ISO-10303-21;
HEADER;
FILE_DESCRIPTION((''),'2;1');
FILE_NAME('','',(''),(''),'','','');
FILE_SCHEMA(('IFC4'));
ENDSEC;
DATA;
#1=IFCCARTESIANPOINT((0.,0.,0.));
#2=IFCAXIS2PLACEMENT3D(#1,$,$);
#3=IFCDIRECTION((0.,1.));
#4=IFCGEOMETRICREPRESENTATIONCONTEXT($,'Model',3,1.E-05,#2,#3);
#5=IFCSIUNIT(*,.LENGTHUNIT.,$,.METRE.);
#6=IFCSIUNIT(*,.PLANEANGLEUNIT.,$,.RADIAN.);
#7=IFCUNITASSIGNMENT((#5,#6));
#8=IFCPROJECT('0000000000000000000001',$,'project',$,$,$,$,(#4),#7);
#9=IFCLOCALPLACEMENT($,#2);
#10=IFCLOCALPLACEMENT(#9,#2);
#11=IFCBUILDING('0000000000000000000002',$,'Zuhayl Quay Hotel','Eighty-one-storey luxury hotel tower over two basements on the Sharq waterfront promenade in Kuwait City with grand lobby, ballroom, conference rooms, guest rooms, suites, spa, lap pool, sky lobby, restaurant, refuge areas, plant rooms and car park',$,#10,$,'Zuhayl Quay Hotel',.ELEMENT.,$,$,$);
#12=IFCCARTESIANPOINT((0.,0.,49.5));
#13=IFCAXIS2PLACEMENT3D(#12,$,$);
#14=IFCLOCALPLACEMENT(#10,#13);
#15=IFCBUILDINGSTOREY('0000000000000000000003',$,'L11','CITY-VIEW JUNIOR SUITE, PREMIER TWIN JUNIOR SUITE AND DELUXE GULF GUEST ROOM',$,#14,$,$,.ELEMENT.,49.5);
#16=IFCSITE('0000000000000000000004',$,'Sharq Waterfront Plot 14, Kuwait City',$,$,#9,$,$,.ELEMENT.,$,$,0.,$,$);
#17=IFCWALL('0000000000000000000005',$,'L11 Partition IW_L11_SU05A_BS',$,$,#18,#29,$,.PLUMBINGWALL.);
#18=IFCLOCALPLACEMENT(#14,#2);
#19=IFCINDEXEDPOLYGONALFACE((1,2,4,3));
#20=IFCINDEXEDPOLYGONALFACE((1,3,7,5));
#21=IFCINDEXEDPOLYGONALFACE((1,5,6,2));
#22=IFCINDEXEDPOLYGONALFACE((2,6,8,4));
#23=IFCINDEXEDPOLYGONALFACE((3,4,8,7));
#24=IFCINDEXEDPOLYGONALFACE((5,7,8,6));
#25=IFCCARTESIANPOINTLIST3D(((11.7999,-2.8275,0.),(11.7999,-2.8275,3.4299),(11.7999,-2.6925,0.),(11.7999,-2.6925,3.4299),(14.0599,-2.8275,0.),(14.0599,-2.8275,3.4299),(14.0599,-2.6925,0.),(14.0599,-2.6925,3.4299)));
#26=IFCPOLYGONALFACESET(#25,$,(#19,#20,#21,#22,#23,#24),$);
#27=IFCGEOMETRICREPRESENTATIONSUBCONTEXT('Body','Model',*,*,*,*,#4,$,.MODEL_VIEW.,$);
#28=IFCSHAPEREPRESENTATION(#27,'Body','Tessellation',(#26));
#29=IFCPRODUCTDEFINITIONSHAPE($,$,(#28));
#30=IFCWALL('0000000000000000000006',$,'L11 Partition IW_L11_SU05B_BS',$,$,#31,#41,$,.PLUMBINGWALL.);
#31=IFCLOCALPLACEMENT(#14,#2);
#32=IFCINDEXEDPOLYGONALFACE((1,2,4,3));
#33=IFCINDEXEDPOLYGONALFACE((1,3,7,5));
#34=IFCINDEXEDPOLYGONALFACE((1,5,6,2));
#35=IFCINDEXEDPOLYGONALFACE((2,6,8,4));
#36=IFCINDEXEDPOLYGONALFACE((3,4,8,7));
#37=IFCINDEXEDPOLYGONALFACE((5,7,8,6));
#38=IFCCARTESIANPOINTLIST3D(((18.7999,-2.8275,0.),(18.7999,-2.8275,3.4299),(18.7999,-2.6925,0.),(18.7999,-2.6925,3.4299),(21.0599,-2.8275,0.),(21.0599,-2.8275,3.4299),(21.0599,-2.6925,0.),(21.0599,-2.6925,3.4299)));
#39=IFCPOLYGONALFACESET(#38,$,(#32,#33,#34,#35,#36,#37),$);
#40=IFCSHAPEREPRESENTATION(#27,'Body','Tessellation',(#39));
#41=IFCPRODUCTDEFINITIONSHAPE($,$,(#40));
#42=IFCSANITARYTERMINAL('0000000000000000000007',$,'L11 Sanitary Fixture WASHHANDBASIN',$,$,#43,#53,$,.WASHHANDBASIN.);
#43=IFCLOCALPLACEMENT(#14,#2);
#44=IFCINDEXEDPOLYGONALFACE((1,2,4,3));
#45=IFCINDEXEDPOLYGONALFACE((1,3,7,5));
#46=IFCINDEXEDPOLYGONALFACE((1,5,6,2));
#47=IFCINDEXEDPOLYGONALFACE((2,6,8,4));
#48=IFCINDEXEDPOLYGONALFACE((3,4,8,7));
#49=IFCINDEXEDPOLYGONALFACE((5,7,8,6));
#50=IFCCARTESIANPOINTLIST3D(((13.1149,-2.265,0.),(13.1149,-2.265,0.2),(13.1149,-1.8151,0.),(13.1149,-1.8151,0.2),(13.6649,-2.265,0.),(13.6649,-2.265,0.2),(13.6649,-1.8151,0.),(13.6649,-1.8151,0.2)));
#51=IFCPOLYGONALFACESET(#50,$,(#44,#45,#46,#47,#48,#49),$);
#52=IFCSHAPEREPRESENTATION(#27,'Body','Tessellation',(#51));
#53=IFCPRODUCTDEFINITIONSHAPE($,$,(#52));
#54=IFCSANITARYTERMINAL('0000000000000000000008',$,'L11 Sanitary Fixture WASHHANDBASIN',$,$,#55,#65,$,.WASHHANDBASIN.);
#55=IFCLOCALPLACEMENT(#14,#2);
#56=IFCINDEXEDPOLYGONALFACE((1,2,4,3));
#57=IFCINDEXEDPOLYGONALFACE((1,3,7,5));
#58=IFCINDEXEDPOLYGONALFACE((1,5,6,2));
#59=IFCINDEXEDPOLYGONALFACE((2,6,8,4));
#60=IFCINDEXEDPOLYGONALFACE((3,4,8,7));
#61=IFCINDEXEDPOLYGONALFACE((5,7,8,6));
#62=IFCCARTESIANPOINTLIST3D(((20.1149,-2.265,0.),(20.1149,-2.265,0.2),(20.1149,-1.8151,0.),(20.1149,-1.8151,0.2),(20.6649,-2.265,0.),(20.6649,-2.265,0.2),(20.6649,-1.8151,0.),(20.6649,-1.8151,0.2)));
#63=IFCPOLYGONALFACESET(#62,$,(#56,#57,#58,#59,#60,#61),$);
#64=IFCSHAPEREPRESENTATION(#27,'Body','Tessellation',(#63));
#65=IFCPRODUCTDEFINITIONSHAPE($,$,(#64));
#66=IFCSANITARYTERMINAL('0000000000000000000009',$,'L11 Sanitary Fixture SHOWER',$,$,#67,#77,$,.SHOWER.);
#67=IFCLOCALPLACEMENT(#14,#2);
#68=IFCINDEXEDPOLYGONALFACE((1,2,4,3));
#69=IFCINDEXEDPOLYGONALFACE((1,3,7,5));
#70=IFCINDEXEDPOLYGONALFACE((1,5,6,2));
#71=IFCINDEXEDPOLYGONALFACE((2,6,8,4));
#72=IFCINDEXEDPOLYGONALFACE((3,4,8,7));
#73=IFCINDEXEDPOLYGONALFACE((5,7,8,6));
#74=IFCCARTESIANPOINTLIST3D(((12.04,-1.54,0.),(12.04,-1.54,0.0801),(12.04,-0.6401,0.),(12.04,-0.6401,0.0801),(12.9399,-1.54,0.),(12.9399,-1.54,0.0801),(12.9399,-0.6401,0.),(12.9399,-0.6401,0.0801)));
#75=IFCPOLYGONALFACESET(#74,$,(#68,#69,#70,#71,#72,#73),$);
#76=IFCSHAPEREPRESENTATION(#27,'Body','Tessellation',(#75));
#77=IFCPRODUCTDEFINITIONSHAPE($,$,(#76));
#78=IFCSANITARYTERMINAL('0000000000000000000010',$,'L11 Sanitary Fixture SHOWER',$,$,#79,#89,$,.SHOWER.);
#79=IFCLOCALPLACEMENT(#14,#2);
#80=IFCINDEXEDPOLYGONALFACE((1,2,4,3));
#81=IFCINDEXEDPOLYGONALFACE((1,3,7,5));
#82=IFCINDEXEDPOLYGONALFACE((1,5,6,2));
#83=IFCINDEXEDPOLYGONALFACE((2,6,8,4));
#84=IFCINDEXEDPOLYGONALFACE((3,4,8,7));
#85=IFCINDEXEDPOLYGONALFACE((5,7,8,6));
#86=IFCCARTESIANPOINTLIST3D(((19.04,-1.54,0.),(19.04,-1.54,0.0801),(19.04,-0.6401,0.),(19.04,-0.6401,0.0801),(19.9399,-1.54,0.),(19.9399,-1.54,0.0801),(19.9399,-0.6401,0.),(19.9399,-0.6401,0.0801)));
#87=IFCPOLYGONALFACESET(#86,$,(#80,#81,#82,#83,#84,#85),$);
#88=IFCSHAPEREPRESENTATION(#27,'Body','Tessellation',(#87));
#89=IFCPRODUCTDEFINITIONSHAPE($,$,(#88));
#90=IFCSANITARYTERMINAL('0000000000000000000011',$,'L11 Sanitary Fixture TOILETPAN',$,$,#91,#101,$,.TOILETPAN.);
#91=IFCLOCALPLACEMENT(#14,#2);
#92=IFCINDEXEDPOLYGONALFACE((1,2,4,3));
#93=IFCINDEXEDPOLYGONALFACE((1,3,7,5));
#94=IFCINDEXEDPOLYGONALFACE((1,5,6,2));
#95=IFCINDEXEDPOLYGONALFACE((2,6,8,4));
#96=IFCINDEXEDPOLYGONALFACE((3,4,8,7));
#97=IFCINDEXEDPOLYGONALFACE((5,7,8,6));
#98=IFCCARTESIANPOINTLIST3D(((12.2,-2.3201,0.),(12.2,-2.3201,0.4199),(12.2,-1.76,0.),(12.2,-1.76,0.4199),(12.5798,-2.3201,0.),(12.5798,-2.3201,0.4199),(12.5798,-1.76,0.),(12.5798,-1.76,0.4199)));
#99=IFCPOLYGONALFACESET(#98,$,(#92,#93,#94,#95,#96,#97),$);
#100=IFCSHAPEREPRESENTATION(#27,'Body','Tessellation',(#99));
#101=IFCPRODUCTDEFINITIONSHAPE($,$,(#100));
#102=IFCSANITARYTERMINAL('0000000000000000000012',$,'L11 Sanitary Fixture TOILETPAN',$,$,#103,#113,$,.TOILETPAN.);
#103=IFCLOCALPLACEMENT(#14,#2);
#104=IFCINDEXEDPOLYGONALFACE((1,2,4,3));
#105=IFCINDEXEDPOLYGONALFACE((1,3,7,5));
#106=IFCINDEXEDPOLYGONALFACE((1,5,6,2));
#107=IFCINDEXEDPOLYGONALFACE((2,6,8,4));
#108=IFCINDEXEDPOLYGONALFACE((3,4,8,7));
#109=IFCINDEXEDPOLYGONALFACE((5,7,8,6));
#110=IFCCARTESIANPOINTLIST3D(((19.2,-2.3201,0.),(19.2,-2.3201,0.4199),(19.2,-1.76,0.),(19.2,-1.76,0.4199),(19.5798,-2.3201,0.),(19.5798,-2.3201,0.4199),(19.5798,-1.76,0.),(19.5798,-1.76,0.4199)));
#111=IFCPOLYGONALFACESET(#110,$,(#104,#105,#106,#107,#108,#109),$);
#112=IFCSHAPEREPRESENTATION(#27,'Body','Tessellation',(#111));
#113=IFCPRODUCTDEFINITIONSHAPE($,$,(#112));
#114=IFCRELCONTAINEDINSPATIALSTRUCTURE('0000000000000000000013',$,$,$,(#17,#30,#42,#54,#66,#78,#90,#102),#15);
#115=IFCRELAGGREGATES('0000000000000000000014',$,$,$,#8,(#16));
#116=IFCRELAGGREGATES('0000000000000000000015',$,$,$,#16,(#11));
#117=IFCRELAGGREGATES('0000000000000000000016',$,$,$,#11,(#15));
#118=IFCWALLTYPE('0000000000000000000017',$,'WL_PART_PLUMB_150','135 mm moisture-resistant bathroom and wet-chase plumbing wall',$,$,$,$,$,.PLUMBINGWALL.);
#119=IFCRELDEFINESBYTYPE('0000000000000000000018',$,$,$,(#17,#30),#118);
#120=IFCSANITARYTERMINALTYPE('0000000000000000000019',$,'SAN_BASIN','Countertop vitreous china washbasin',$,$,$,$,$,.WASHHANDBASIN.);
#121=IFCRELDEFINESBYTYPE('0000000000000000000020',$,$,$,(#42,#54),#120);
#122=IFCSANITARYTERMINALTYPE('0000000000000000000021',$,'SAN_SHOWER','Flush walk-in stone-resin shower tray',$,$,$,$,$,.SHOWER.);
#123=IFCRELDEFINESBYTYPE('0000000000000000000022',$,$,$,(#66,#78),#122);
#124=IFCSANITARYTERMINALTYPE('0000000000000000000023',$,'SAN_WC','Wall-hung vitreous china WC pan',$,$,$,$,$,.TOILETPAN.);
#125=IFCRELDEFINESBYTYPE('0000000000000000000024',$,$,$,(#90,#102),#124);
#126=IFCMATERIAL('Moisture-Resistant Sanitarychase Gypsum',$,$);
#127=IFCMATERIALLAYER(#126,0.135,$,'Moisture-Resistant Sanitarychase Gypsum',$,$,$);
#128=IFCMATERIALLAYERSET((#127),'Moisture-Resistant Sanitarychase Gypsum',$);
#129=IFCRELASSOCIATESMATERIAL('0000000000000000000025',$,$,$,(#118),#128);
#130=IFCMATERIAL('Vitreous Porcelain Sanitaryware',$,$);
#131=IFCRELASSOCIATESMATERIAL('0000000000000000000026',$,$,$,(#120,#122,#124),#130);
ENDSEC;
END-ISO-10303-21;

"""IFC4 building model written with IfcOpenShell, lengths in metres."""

from ifc_helpers import new_model, si_unit, direction, frame, frame_2d, origin, origin_2d, place, context, subcontext, project, spatial, rectangle, extrude, material, layer, layer_set, type_object, element, save


model = new_model("IFC4")

# Units and contexts
model_context = context("Model", 3, precision=1e-05, world=origin(), true_north=direction((0.0, 1.0)))
body_context = subcontext(model_context, "Body", "Model", "MODEL_VIEW")
ifc_project = project(units=[si_unit("LENGTHUNIT", "METRE"), si_unit("PLANEANGLEUNIT", "RADIAN")], contexts=[model_context])

# Site, building, storey
site_placement = place(None, origin())
site = spatial("IfcSite", under=ifc_project, at=site_placement, Name="Sharq Waterfront Plot 14, Kuwait City", CompositionType="ELEMENT", RefElevation=0.0)
building_placement = place(site_placement, origin())
building = spatial("IfcBuilding", under=site, at=building_placement, Name="Zuhayl Quay Hotel", Description="Eighty-one-storey luxury hotel tower over two basements on the Sharq waterfront promenade in Kuwait City with grand lobby, ballroom, conference rooms, guest rooms, suites, spa, lap pool, sky lobby, restaurant, refuge areas, plant rooms and car park", LongName="Zuhayl Quay Hotel", CompositionType="ELEMENT")
storey_placement = place(building_placement, frame((0.0, 0.0, 49.5)))
storey = spatial("IfcBuildingStorey", under=building, at=storey_placement, Name="L11", Description="CITY-VIEW JUNIOR SUITE, PREMIER TWIN JUNIOR SUITE AND DELUXE GULF GUEST ROOM", CompositionType="ELEMENT", Elevation=49.5)

# Shared definitions
ifc_material_1 = material(Name="Moisture-Resistant Sanitarychase Gypsum")
ifc_layer_1 = layer(ifc_material_1, 0.135, Name="Moisture-Resistant Sanitarychase Gypsum")
ifc_layer_set_1 = layer_set([ifc_layer_1], Name="Moisture-Resistant Sanitarychase Gypsum")
wall_type_1 = type_object("IfcWallType", Name="WL_PART_PLUMB_150", Description="135 mm moisture-resistant bathroom and wet-chase plumbing wall", PredefinedType="PLUMBINGWALL", material=ifc_layer_set_1)

# Walls
for number, where, z_axis, x_axis, name in (
    (1, (11.8, -2.76, 0.0), (0.0, 0.0, 1.0), (1.0, 0.0, 0.0), "L11 Partition IW_L11_SU05A_BS"),
    (2, (18.8, -2.76, 0.0), (0.0, 0.0, 1.0), (1.0, 0.0, 0.0), "L11 Partition IW_L11_SU05B_BS"),
):
    element("IfcWall", number, at=place(storey_placement, frame(where, z_axis=z_axis, x_axis=x_axis)), inside=storey, type_object=wall_type_1, Name=name, PredefinedType="PLUMBINGWALL", context=body_context, shape_type="SweptSolid", body=[
        extrude(rectangle(XDim=2.26, YDim=0.135, at=frame_2d((1.1299, 0.0))), origin(), (0.0, 0.0, 1.0), 3.4299),
    ])

# Sanitary terminals
ifc_material_2 = material(Name="Vitreous Porcelain Sanitaryware")
sanitary_terminal_type_1 = type_object("IfcSanitaryTerminalType", Name="SAN_BASIN", Description="Countertop vitreous china washbasin", PredefinedType="WASHHANDBASIN", material=ifc_material_2)
for number, where, z_axis, x_axis, name in (
    (3, (13.3899, -2.04, 0.0), (0.0, 0.0, 1.0), (1.0, 0.0, 0.0), "L11 Sanitary Fixture WASHHANDBASIN"),
    (4, (20.3899, -2.04, 0.0), (0.0, 0.0, 1.0), (1.0, 0.0, 0.0), "L11 Sanitary Fixture WASHHANDBASIN"),
):
    element("IfcSanitaryTerminal", number, at=place(storey_placement, frame(where, z_axis=z_axis, x_axis=x_axis)), inside=storey, type_object=sanitary_terminal_type_1, Name=name, PredefinedType="WASHHANDBASIN", context=body_context, shape_type="SweptSolid", body=[
        extrude(rectangle(XDim=0.55, YDim=0.45, at=origin_2d()), origin(), (0.0, 0.0, 1.0), 0.2),
    ])
sanitary_terminal_type_2 = type_object("IfcSanitaryTerminalType", Name="SAN_SHOWER", Description="Flush walk-in stone-resin shower tray", PredefinedType="SHOWER", material=ifc_material_2)
for number, where, z_axis, x_axis, name in (
    (5, (12.49, -1.0901, 0.0), (0.0, 0.0, 1.0), (1.0, 0.0, 0.0), "L11 Sanitary Fixture SHOWER"),
    (6, (19.49, -1.0901, 0.0), (0.0, 0.0, 1.0), (1.0, 0.0, 0.0), "L11 Sanitary Fixture SHOWER"),
):
    element("IfcSanitaryTerminal", number, at=place(storey_placement, frame(where, z_axis=z_axis, x_axis=x_axis)), inside=storey, type_object=sanitary_terminal_type_2, Name=name, PredefinedType="SHOWER", context=body_context, shape_type="SweptSolid", body=[
        extrude(rectangle(XDim=0.8999, YDim=0.8999, at=origin_2d()), origin(), (0.0, 0.0, 1.0), 0.0801),
    ])
sanitary_terminal_type_3 = type_object("IfcSanitaryTerminalType", Name="SAN_WC", Description="Wall-hung vitreous china WC pan", PredefinedType="TOILETPAN", material=ifc_material_2)
for number, where, z_axis, x_axis, name in (
    (7, (12.3899, -2.04, 0.0), (0.0, 0.0, 1.0), (1.0, 0.0, 0.0), "L11 Sanitary Fixture TOILETPAN"),
    (8, (19.3899, -2.04, 0.0), (0.0, 0.0, 1.0), (1.0, 0.0, 0.0), "L11 Sanitary Fixture TOILETPAN"),
):
    element("IfcSanitaryTerminal", number, at=place(storey_placement, frame(where, z_axis=z_axis, x_axis=x_axis)), inside=storey, type_object=sanitary_terminal_type_3, Name=name, PredefinedType="TOILETPAN", context=body_context, shape_type="SweptSolid", body=[
        extrude(rectangle(XDim=0.3799, YDim=0.5601, at=origin_2d()), origin(), (0.0, 0.0, 1.0), 0.4199),
    ])

save(model, "model.ifc")
